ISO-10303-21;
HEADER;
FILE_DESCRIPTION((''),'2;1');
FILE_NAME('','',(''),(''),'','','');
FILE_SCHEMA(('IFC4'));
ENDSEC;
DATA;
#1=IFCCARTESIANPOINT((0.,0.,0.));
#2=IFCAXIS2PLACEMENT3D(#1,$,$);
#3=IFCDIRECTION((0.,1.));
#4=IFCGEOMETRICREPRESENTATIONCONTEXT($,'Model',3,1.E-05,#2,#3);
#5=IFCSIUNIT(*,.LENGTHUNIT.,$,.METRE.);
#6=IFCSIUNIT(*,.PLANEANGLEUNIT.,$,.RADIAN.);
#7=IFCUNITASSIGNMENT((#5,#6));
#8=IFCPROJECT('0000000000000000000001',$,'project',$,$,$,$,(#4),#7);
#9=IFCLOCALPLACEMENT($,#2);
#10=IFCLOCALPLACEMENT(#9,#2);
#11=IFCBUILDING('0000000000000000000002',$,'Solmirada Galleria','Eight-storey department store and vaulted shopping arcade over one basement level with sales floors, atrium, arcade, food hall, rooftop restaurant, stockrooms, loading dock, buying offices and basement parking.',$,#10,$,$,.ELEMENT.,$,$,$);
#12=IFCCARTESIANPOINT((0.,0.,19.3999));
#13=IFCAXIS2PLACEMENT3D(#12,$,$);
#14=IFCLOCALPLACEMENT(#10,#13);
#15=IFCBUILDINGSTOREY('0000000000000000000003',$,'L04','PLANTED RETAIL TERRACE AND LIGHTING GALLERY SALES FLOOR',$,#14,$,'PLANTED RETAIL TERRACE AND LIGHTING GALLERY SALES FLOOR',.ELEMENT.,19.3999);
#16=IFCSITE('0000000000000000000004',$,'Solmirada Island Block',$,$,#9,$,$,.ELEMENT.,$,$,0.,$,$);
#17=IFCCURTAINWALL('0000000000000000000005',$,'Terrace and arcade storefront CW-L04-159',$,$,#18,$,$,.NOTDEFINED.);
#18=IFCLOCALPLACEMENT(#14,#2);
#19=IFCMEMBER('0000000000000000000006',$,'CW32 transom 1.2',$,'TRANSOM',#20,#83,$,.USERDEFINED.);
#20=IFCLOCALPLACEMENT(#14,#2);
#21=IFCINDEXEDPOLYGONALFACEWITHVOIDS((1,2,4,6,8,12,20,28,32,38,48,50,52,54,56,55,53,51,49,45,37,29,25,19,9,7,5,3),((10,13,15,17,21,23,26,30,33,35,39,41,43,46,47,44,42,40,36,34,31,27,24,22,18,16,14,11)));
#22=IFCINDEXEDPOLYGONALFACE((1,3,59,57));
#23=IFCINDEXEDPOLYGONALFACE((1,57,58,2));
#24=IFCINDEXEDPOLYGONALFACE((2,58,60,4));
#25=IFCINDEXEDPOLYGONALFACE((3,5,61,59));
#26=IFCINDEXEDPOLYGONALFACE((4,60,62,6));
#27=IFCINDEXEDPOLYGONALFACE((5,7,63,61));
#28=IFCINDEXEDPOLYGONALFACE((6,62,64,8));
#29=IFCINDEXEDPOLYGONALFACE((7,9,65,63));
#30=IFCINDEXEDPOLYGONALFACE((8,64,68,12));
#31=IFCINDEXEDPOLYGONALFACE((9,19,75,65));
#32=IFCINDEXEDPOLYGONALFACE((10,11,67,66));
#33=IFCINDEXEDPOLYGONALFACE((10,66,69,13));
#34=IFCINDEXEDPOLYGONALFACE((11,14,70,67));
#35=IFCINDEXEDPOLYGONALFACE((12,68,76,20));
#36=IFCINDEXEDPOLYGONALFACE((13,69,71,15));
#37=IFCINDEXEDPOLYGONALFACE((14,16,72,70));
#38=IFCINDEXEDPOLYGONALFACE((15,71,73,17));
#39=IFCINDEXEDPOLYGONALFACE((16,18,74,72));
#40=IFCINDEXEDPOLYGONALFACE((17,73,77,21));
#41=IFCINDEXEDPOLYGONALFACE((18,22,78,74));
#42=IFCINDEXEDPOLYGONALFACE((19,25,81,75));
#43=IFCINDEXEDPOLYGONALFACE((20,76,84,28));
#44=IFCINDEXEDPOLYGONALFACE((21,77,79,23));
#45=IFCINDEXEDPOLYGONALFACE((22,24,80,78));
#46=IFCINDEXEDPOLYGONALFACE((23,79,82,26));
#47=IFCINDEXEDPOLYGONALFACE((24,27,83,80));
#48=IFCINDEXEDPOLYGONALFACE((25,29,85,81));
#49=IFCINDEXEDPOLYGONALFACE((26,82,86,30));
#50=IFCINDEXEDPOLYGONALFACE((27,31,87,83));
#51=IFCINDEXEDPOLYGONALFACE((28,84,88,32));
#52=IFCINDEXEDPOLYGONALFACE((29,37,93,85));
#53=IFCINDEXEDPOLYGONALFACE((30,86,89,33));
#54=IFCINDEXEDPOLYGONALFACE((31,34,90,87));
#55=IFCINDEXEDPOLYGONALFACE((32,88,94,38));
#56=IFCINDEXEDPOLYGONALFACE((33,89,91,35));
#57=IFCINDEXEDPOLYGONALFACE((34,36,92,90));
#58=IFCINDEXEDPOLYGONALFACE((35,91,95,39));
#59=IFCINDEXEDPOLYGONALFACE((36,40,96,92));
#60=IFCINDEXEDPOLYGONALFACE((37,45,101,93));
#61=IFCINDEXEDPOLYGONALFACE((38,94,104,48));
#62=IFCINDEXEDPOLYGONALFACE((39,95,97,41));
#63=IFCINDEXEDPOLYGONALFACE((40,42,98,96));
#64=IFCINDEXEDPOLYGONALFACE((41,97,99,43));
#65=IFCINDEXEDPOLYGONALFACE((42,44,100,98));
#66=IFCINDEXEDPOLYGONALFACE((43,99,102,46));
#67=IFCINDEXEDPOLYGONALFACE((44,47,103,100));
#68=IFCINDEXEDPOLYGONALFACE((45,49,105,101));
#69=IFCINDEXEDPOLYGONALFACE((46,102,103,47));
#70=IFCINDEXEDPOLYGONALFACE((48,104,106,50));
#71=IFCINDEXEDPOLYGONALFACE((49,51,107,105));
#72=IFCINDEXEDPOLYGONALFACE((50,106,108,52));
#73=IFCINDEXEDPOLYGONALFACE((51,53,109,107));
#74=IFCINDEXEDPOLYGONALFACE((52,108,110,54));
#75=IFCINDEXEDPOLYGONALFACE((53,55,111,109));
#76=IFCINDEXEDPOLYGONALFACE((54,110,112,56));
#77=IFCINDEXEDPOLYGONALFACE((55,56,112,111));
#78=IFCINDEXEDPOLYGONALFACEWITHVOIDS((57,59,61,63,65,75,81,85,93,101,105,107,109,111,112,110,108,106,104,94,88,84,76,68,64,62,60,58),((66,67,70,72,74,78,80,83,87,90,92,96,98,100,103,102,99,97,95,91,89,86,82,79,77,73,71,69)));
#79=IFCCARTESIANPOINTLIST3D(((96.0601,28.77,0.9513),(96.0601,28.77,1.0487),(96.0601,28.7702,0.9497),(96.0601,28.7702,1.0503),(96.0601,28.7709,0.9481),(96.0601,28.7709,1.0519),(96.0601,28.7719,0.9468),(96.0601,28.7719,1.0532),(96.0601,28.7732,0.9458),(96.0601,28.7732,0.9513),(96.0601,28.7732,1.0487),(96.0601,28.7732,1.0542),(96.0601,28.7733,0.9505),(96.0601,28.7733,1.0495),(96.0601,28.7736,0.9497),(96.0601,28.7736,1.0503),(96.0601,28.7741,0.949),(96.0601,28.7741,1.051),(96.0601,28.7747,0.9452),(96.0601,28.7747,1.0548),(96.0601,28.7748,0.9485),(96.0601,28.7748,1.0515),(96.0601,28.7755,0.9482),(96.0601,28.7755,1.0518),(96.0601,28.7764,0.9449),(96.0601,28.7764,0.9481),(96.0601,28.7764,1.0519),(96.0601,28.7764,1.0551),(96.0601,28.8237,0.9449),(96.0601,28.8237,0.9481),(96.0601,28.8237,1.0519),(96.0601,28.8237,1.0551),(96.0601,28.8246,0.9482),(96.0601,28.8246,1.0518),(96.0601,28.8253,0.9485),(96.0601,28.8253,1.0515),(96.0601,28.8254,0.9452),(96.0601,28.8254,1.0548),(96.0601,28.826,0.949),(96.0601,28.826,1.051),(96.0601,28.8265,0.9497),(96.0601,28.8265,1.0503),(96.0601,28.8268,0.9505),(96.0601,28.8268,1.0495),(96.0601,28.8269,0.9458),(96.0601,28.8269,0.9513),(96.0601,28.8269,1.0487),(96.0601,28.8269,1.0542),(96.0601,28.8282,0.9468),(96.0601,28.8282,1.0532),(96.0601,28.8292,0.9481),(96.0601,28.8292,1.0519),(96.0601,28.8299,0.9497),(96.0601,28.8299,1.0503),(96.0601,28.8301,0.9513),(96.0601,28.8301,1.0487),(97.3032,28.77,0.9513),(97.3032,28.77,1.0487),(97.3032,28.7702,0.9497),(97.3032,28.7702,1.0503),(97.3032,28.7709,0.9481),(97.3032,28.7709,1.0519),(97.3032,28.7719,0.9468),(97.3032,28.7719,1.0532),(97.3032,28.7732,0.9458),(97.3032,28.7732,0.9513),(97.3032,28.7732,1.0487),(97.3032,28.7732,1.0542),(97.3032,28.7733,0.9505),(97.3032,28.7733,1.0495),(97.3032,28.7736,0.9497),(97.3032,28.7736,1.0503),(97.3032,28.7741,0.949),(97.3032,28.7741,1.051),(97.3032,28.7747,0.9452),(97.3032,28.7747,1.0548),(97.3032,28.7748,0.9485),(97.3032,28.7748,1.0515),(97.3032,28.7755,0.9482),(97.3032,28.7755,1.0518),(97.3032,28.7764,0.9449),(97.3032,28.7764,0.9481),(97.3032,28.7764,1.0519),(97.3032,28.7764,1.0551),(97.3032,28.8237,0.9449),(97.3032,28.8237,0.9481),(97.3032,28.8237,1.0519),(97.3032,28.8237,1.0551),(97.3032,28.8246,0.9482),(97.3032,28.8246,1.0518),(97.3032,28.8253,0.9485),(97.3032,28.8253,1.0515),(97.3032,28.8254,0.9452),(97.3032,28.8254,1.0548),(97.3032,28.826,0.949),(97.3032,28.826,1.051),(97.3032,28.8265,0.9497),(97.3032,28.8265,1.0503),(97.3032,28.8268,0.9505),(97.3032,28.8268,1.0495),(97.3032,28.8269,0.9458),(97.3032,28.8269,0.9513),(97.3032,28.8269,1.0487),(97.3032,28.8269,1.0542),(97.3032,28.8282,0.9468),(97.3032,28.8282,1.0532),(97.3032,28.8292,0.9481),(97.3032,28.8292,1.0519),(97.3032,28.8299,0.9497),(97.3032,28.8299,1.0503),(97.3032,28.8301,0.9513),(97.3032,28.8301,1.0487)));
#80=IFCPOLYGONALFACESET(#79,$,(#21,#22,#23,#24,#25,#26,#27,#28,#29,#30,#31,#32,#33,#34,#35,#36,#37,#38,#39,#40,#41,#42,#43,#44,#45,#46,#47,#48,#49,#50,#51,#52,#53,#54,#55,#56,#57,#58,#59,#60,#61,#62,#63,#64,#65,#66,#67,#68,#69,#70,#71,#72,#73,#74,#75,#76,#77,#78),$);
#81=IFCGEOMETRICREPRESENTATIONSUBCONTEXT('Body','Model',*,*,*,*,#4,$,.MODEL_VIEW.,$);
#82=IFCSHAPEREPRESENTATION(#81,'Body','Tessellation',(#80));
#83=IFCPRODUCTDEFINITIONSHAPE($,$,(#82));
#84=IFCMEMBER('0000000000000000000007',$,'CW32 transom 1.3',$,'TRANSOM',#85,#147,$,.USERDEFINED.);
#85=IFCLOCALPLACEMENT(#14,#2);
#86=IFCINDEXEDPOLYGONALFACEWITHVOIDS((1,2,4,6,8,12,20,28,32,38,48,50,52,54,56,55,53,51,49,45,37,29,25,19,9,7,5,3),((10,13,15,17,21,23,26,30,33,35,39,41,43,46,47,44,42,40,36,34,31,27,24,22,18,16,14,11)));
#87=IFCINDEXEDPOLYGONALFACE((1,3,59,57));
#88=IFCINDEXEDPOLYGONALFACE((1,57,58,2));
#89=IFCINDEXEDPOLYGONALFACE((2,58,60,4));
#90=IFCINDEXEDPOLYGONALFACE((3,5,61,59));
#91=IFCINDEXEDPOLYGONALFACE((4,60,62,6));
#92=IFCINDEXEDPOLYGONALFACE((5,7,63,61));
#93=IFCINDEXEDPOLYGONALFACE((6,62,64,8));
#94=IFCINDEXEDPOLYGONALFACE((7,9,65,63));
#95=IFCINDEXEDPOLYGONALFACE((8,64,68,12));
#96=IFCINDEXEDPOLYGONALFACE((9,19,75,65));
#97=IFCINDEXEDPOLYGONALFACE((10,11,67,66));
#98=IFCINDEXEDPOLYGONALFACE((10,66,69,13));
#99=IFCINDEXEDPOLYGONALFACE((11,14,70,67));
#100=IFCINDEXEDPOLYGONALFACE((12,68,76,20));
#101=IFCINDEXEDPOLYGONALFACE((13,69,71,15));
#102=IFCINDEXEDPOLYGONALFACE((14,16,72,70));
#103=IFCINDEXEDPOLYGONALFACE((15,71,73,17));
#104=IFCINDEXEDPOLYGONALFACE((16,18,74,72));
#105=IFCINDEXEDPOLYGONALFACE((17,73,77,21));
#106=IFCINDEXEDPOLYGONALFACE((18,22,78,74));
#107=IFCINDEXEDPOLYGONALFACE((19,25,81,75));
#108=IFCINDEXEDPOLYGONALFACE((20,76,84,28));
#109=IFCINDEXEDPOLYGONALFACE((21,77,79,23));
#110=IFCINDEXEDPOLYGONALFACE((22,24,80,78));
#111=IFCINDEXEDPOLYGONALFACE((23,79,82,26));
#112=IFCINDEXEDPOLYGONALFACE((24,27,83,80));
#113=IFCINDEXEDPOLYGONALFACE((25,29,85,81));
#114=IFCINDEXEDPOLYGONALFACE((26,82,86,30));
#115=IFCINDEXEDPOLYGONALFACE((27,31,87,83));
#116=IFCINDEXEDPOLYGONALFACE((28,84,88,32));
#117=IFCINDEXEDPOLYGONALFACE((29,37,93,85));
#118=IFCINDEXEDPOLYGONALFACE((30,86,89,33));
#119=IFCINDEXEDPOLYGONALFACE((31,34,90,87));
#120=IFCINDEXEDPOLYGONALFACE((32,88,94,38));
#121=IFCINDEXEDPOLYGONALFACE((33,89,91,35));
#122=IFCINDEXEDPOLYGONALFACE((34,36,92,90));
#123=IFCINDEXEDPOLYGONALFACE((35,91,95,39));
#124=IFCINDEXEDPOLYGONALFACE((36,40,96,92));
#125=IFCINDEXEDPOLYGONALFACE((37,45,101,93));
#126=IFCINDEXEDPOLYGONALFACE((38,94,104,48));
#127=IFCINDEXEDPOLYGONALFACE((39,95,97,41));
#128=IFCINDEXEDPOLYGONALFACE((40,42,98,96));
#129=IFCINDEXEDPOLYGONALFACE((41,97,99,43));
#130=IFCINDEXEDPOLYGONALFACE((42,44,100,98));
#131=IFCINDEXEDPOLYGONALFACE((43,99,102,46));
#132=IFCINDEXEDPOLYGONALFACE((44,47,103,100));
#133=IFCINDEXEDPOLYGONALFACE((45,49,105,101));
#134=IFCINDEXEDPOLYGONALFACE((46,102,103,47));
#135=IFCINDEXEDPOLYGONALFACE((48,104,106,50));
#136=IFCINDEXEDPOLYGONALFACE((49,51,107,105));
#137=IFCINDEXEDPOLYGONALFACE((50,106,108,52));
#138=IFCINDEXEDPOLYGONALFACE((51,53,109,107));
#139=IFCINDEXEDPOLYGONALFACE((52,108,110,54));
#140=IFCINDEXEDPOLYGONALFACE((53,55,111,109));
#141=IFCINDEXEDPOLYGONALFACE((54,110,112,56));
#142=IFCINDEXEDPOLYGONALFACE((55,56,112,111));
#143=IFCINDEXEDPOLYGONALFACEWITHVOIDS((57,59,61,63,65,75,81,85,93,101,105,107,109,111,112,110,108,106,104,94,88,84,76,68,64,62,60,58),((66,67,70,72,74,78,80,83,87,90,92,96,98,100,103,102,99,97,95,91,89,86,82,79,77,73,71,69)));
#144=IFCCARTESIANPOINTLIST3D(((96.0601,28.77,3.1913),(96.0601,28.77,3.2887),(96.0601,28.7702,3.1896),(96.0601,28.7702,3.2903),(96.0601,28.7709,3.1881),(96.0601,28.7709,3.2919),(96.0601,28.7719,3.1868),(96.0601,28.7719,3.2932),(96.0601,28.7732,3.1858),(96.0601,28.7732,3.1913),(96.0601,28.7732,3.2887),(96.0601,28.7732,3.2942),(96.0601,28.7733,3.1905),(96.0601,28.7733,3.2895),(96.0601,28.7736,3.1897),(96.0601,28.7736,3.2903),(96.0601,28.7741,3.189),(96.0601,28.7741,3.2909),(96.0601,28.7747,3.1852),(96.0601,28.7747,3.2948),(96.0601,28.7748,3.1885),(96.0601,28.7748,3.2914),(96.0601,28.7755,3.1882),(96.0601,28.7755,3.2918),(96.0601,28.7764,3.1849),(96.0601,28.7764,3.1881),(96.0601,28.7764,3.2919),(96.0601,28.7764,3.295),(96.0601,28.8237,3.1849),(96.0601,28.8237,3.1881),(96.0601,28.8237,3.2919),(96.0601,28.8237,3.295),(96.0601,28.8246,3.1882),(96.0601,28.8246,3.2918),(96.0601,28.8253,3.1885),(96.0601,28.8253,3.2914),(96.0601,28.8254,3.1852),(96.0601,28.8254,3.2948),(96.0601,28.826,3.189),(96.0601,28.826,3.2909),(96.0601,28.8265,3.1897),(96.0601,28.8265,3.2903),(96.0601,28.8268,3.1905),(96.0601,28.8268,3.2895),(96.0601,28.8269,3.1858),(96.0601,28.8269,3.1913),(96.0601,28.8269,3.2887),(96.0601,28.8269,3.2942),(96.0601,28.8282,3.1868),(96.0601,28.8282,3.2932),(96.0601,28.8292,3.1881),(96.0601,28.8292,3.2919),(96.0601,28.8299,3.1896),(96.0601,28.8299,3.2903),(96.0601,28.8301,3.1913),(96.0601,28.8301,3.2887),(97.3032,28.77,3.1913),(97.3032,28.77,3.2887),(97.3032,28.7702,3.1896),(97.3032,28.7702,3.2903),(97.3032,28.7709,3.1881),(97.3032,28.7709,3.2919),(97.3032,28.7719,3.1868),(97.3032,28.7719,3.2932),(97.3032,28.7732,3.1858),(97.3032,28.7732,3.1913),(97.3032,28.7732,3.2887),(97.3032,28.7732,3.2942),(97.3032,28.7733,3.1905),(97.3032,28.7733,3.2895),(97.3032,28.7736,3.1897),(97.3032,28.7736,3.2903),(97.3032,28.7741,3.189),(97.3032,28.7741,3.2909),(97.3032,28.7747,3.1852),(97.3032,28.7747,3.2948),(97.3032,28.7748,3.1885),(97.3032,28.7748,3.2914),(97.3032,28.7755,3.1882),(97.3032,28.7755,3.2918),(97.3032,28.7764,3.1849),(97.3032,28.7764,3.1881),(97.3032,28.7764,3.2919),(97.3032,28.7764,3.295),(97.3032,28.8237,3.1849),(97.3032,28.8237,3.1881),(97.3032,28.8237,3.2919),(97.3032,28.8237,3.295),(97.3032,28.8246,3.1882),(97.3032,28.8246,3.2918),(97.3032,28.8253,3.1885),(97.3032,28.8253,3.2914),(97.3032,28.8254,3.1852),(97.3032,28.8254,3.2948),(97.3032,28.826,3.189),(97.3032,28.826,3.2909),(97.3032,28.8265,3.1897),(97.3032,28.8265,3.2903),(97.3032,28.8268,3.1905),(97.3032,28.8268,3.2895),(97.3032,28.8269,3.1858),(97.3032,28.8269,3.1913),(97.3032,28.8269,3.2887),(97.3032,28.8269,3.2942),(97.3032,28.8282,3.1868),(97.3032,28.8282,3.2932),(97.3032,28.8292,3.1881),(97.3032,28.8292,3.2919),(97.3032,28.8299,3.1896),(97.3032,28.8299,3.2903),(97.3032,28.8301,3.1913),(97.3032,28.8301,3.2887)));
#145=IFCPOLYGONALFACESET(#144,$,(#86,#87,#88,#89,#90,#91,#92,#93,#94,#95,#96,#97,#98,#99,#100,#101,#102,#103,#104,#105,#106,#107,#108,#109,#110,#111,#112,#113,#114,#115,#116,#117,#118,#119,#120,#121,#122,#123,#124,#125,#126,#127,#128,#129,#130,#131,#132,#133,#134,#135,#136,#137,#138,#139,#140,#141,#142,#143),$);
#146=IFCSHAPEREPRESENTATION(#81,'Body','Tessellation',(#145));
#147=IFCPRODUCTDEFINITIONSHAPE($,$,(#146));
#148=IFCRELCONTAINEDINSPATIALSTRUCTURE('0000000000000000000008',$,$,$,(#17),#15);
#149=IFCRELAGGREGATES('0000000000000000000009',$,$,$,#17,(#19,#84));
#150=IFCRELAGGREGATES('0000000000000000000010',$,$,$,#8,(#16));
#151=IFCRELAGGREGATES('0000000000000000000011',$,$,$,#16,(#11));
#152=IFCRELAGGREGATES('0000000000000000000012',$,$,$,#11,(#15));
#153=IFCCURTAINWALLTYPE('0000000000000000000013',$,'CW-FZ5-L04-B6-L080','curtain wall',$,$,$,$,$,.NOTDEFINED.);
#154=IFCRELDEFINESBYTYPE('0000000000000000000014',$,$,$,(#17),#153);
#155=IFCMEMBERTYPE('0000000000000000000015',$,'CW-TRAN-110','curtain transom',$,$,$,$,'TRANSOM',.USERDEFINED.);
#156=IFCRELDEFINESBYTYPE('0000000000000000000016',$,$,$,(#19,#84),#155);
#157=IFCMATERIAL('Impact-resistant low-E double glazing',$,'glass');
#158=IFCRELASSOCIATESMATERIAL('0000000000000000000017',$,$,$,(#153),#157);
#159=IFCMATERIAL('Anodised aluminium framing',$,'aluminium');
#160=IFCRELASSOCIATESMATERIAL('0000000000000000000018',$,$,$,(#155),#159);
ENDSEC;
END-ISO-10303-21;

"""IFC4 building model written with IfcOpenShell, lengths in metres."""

from ifc_helpers import new_model, si_unit, direction, frame, origin, origin_2d, place, context, subcontext, project, spatial, hollow_rectangle, extrude, material, material_profile, profile_set, type_object, element, aggregate, save


model = new_model("IFC4")

# Units and contexts
model_context = context("Model", 3, precision=1e-05, world=origin(), true_north=direction((0.0, 1.0)))
body_context = subcontext(model_context, "Body", "Model", "MODEL_VIEW")
ifc_project = project(units=[si_unit("LENGTHUNIT", "METRE"), si_unit("PLANEANGLEUNIT", "RADIAN")], contexts=[model_context])

# Site, building, storey
site_placement = place(None, origin())
site = spatial("IfcSite", under=ifc_project, at=site_placement, Name="Solmirada Island Block", CompositionType="ELEMENT", RefElevation=0.0)
building_placement = place(site_placement, origin())
building = spatial("IfcBuilding", under=site, at=building_placement, Name="Solmirada Galleria", Description="Eight-storey department store and vaulted shopping arcade over one basement level with sales floors, atrium, arcade, food hall, rooftop restaurant, stockrooms, loading dock, buying offices and basement parking.", CompositionType="ELEMENT")
storey_placement = place(building_placement, frame((0.0, 0.0, 19.3999)))
storey = spatial("IfcBuildingStorey", under=building, at=storey_placement, Name="L04", Description="PLANTED RETAIL TERRACE AND LIGHTING GALLERY SALES FLOOR", LongName="PLANTED RETAIL TERRACE AND LIGHTING GALLERY SALES FLOOR", CompositionType="ELEMENT", Elevation=19.3999)

# Curtain wall, members
ifc_material_1 = material(Name="Impact-resistant low-E double glazing", Category="glass")
curtain_wall_type = type_object("IfcCurtainWallType", Name="CW-FZ5-L04-B6-L080", Description="curtain wall", PredefinedType="NOTDEFINED", material=ifc_material_1)
curtain_wall_placement = place(storey_placement, origin())
curtain_wall = element("IfcCurtainWall", 1, at=curtain_wall_placement, inside=storey, type_object=curtain_wall_type, Name="Terrace and arcade storefront CW-L04-159", PredefinedType="NOTDEFINED")
ifc_material_2 = material(Name="Anodised aluminium framing", Category="aluminium")
ifc_material_profile_1 = material_profile(ifc_material_2, hollow_rectangle(XDim=0.0601, YDim=0.1101, WallThickness=0.0032, InnerFilletRadius=0.0032, OuterFilletRadius=0.0063, at=origin_2d()), Name="ALU-TRAN-110X60")
ifc_profile_set_1 = profile_set([ifc_material_profile_1], Name="Anodised aluminium framing")
member_type_1 = type_object("IfcMemberType", Name="CW-TRAN-110", Description="curtain transom", ElementType="TRANSOM", PredefinedType="USERDEFINED", material=ifc_profile_set_1)
member_1_placement = place(storey_placement, frame((96.0601, 28.8, 1.0), z_axis=(1.0, 0.0, 0.0), x_axis=(0.0, 1.0, 0.0)))
member_1 = element("IfcMember", 2, at=member_1_placement, type_object=member_type_1, Name="CW32 transom 1.2", ObjectType="TRANSOM", PredefinedType="USERDEFINED", context=body_context, shape_type="SweptSolid", body=[
    extrude(hollow_rectangle(XDim=0.0601, YDim=0.1101, WallThickness=0.0032, InnerFilletRadius=0.0032, OuterFilletRadius=0.0063, at=origin_2d()), origin(), (0.0, 0.0, 1.0), 1.2432),
])
member_2_placement = place(storey_placement, frame((96.0601, 28.8, 3.24), z_axis=(1.0, 0.0, 0.0), x_axis=(0.0, 1.0, 0.0)))
member_2 = element("IfcMember", 3, at=member_2_placement, type_object=member_type_1, Name="CW32 transom 1.3", ObjectType="TRANSOM", PredefinedType="USERDEFINED", context=body_context, shape_type="SweptSolid", body=[
    extrude(hollow_rectangle(XDim=0.0601, YDim=0.1101, WallThickness=0.0032, InnerFilletRadius=0.0032, OuterFilletRadius=0.0063, at=origin_2d()), origin(), (0.0, 0.0, 1.0), 1.2432),
])
aggregate(curtain_wall, [member_1, member_2])

save(model, "model.ifc")
